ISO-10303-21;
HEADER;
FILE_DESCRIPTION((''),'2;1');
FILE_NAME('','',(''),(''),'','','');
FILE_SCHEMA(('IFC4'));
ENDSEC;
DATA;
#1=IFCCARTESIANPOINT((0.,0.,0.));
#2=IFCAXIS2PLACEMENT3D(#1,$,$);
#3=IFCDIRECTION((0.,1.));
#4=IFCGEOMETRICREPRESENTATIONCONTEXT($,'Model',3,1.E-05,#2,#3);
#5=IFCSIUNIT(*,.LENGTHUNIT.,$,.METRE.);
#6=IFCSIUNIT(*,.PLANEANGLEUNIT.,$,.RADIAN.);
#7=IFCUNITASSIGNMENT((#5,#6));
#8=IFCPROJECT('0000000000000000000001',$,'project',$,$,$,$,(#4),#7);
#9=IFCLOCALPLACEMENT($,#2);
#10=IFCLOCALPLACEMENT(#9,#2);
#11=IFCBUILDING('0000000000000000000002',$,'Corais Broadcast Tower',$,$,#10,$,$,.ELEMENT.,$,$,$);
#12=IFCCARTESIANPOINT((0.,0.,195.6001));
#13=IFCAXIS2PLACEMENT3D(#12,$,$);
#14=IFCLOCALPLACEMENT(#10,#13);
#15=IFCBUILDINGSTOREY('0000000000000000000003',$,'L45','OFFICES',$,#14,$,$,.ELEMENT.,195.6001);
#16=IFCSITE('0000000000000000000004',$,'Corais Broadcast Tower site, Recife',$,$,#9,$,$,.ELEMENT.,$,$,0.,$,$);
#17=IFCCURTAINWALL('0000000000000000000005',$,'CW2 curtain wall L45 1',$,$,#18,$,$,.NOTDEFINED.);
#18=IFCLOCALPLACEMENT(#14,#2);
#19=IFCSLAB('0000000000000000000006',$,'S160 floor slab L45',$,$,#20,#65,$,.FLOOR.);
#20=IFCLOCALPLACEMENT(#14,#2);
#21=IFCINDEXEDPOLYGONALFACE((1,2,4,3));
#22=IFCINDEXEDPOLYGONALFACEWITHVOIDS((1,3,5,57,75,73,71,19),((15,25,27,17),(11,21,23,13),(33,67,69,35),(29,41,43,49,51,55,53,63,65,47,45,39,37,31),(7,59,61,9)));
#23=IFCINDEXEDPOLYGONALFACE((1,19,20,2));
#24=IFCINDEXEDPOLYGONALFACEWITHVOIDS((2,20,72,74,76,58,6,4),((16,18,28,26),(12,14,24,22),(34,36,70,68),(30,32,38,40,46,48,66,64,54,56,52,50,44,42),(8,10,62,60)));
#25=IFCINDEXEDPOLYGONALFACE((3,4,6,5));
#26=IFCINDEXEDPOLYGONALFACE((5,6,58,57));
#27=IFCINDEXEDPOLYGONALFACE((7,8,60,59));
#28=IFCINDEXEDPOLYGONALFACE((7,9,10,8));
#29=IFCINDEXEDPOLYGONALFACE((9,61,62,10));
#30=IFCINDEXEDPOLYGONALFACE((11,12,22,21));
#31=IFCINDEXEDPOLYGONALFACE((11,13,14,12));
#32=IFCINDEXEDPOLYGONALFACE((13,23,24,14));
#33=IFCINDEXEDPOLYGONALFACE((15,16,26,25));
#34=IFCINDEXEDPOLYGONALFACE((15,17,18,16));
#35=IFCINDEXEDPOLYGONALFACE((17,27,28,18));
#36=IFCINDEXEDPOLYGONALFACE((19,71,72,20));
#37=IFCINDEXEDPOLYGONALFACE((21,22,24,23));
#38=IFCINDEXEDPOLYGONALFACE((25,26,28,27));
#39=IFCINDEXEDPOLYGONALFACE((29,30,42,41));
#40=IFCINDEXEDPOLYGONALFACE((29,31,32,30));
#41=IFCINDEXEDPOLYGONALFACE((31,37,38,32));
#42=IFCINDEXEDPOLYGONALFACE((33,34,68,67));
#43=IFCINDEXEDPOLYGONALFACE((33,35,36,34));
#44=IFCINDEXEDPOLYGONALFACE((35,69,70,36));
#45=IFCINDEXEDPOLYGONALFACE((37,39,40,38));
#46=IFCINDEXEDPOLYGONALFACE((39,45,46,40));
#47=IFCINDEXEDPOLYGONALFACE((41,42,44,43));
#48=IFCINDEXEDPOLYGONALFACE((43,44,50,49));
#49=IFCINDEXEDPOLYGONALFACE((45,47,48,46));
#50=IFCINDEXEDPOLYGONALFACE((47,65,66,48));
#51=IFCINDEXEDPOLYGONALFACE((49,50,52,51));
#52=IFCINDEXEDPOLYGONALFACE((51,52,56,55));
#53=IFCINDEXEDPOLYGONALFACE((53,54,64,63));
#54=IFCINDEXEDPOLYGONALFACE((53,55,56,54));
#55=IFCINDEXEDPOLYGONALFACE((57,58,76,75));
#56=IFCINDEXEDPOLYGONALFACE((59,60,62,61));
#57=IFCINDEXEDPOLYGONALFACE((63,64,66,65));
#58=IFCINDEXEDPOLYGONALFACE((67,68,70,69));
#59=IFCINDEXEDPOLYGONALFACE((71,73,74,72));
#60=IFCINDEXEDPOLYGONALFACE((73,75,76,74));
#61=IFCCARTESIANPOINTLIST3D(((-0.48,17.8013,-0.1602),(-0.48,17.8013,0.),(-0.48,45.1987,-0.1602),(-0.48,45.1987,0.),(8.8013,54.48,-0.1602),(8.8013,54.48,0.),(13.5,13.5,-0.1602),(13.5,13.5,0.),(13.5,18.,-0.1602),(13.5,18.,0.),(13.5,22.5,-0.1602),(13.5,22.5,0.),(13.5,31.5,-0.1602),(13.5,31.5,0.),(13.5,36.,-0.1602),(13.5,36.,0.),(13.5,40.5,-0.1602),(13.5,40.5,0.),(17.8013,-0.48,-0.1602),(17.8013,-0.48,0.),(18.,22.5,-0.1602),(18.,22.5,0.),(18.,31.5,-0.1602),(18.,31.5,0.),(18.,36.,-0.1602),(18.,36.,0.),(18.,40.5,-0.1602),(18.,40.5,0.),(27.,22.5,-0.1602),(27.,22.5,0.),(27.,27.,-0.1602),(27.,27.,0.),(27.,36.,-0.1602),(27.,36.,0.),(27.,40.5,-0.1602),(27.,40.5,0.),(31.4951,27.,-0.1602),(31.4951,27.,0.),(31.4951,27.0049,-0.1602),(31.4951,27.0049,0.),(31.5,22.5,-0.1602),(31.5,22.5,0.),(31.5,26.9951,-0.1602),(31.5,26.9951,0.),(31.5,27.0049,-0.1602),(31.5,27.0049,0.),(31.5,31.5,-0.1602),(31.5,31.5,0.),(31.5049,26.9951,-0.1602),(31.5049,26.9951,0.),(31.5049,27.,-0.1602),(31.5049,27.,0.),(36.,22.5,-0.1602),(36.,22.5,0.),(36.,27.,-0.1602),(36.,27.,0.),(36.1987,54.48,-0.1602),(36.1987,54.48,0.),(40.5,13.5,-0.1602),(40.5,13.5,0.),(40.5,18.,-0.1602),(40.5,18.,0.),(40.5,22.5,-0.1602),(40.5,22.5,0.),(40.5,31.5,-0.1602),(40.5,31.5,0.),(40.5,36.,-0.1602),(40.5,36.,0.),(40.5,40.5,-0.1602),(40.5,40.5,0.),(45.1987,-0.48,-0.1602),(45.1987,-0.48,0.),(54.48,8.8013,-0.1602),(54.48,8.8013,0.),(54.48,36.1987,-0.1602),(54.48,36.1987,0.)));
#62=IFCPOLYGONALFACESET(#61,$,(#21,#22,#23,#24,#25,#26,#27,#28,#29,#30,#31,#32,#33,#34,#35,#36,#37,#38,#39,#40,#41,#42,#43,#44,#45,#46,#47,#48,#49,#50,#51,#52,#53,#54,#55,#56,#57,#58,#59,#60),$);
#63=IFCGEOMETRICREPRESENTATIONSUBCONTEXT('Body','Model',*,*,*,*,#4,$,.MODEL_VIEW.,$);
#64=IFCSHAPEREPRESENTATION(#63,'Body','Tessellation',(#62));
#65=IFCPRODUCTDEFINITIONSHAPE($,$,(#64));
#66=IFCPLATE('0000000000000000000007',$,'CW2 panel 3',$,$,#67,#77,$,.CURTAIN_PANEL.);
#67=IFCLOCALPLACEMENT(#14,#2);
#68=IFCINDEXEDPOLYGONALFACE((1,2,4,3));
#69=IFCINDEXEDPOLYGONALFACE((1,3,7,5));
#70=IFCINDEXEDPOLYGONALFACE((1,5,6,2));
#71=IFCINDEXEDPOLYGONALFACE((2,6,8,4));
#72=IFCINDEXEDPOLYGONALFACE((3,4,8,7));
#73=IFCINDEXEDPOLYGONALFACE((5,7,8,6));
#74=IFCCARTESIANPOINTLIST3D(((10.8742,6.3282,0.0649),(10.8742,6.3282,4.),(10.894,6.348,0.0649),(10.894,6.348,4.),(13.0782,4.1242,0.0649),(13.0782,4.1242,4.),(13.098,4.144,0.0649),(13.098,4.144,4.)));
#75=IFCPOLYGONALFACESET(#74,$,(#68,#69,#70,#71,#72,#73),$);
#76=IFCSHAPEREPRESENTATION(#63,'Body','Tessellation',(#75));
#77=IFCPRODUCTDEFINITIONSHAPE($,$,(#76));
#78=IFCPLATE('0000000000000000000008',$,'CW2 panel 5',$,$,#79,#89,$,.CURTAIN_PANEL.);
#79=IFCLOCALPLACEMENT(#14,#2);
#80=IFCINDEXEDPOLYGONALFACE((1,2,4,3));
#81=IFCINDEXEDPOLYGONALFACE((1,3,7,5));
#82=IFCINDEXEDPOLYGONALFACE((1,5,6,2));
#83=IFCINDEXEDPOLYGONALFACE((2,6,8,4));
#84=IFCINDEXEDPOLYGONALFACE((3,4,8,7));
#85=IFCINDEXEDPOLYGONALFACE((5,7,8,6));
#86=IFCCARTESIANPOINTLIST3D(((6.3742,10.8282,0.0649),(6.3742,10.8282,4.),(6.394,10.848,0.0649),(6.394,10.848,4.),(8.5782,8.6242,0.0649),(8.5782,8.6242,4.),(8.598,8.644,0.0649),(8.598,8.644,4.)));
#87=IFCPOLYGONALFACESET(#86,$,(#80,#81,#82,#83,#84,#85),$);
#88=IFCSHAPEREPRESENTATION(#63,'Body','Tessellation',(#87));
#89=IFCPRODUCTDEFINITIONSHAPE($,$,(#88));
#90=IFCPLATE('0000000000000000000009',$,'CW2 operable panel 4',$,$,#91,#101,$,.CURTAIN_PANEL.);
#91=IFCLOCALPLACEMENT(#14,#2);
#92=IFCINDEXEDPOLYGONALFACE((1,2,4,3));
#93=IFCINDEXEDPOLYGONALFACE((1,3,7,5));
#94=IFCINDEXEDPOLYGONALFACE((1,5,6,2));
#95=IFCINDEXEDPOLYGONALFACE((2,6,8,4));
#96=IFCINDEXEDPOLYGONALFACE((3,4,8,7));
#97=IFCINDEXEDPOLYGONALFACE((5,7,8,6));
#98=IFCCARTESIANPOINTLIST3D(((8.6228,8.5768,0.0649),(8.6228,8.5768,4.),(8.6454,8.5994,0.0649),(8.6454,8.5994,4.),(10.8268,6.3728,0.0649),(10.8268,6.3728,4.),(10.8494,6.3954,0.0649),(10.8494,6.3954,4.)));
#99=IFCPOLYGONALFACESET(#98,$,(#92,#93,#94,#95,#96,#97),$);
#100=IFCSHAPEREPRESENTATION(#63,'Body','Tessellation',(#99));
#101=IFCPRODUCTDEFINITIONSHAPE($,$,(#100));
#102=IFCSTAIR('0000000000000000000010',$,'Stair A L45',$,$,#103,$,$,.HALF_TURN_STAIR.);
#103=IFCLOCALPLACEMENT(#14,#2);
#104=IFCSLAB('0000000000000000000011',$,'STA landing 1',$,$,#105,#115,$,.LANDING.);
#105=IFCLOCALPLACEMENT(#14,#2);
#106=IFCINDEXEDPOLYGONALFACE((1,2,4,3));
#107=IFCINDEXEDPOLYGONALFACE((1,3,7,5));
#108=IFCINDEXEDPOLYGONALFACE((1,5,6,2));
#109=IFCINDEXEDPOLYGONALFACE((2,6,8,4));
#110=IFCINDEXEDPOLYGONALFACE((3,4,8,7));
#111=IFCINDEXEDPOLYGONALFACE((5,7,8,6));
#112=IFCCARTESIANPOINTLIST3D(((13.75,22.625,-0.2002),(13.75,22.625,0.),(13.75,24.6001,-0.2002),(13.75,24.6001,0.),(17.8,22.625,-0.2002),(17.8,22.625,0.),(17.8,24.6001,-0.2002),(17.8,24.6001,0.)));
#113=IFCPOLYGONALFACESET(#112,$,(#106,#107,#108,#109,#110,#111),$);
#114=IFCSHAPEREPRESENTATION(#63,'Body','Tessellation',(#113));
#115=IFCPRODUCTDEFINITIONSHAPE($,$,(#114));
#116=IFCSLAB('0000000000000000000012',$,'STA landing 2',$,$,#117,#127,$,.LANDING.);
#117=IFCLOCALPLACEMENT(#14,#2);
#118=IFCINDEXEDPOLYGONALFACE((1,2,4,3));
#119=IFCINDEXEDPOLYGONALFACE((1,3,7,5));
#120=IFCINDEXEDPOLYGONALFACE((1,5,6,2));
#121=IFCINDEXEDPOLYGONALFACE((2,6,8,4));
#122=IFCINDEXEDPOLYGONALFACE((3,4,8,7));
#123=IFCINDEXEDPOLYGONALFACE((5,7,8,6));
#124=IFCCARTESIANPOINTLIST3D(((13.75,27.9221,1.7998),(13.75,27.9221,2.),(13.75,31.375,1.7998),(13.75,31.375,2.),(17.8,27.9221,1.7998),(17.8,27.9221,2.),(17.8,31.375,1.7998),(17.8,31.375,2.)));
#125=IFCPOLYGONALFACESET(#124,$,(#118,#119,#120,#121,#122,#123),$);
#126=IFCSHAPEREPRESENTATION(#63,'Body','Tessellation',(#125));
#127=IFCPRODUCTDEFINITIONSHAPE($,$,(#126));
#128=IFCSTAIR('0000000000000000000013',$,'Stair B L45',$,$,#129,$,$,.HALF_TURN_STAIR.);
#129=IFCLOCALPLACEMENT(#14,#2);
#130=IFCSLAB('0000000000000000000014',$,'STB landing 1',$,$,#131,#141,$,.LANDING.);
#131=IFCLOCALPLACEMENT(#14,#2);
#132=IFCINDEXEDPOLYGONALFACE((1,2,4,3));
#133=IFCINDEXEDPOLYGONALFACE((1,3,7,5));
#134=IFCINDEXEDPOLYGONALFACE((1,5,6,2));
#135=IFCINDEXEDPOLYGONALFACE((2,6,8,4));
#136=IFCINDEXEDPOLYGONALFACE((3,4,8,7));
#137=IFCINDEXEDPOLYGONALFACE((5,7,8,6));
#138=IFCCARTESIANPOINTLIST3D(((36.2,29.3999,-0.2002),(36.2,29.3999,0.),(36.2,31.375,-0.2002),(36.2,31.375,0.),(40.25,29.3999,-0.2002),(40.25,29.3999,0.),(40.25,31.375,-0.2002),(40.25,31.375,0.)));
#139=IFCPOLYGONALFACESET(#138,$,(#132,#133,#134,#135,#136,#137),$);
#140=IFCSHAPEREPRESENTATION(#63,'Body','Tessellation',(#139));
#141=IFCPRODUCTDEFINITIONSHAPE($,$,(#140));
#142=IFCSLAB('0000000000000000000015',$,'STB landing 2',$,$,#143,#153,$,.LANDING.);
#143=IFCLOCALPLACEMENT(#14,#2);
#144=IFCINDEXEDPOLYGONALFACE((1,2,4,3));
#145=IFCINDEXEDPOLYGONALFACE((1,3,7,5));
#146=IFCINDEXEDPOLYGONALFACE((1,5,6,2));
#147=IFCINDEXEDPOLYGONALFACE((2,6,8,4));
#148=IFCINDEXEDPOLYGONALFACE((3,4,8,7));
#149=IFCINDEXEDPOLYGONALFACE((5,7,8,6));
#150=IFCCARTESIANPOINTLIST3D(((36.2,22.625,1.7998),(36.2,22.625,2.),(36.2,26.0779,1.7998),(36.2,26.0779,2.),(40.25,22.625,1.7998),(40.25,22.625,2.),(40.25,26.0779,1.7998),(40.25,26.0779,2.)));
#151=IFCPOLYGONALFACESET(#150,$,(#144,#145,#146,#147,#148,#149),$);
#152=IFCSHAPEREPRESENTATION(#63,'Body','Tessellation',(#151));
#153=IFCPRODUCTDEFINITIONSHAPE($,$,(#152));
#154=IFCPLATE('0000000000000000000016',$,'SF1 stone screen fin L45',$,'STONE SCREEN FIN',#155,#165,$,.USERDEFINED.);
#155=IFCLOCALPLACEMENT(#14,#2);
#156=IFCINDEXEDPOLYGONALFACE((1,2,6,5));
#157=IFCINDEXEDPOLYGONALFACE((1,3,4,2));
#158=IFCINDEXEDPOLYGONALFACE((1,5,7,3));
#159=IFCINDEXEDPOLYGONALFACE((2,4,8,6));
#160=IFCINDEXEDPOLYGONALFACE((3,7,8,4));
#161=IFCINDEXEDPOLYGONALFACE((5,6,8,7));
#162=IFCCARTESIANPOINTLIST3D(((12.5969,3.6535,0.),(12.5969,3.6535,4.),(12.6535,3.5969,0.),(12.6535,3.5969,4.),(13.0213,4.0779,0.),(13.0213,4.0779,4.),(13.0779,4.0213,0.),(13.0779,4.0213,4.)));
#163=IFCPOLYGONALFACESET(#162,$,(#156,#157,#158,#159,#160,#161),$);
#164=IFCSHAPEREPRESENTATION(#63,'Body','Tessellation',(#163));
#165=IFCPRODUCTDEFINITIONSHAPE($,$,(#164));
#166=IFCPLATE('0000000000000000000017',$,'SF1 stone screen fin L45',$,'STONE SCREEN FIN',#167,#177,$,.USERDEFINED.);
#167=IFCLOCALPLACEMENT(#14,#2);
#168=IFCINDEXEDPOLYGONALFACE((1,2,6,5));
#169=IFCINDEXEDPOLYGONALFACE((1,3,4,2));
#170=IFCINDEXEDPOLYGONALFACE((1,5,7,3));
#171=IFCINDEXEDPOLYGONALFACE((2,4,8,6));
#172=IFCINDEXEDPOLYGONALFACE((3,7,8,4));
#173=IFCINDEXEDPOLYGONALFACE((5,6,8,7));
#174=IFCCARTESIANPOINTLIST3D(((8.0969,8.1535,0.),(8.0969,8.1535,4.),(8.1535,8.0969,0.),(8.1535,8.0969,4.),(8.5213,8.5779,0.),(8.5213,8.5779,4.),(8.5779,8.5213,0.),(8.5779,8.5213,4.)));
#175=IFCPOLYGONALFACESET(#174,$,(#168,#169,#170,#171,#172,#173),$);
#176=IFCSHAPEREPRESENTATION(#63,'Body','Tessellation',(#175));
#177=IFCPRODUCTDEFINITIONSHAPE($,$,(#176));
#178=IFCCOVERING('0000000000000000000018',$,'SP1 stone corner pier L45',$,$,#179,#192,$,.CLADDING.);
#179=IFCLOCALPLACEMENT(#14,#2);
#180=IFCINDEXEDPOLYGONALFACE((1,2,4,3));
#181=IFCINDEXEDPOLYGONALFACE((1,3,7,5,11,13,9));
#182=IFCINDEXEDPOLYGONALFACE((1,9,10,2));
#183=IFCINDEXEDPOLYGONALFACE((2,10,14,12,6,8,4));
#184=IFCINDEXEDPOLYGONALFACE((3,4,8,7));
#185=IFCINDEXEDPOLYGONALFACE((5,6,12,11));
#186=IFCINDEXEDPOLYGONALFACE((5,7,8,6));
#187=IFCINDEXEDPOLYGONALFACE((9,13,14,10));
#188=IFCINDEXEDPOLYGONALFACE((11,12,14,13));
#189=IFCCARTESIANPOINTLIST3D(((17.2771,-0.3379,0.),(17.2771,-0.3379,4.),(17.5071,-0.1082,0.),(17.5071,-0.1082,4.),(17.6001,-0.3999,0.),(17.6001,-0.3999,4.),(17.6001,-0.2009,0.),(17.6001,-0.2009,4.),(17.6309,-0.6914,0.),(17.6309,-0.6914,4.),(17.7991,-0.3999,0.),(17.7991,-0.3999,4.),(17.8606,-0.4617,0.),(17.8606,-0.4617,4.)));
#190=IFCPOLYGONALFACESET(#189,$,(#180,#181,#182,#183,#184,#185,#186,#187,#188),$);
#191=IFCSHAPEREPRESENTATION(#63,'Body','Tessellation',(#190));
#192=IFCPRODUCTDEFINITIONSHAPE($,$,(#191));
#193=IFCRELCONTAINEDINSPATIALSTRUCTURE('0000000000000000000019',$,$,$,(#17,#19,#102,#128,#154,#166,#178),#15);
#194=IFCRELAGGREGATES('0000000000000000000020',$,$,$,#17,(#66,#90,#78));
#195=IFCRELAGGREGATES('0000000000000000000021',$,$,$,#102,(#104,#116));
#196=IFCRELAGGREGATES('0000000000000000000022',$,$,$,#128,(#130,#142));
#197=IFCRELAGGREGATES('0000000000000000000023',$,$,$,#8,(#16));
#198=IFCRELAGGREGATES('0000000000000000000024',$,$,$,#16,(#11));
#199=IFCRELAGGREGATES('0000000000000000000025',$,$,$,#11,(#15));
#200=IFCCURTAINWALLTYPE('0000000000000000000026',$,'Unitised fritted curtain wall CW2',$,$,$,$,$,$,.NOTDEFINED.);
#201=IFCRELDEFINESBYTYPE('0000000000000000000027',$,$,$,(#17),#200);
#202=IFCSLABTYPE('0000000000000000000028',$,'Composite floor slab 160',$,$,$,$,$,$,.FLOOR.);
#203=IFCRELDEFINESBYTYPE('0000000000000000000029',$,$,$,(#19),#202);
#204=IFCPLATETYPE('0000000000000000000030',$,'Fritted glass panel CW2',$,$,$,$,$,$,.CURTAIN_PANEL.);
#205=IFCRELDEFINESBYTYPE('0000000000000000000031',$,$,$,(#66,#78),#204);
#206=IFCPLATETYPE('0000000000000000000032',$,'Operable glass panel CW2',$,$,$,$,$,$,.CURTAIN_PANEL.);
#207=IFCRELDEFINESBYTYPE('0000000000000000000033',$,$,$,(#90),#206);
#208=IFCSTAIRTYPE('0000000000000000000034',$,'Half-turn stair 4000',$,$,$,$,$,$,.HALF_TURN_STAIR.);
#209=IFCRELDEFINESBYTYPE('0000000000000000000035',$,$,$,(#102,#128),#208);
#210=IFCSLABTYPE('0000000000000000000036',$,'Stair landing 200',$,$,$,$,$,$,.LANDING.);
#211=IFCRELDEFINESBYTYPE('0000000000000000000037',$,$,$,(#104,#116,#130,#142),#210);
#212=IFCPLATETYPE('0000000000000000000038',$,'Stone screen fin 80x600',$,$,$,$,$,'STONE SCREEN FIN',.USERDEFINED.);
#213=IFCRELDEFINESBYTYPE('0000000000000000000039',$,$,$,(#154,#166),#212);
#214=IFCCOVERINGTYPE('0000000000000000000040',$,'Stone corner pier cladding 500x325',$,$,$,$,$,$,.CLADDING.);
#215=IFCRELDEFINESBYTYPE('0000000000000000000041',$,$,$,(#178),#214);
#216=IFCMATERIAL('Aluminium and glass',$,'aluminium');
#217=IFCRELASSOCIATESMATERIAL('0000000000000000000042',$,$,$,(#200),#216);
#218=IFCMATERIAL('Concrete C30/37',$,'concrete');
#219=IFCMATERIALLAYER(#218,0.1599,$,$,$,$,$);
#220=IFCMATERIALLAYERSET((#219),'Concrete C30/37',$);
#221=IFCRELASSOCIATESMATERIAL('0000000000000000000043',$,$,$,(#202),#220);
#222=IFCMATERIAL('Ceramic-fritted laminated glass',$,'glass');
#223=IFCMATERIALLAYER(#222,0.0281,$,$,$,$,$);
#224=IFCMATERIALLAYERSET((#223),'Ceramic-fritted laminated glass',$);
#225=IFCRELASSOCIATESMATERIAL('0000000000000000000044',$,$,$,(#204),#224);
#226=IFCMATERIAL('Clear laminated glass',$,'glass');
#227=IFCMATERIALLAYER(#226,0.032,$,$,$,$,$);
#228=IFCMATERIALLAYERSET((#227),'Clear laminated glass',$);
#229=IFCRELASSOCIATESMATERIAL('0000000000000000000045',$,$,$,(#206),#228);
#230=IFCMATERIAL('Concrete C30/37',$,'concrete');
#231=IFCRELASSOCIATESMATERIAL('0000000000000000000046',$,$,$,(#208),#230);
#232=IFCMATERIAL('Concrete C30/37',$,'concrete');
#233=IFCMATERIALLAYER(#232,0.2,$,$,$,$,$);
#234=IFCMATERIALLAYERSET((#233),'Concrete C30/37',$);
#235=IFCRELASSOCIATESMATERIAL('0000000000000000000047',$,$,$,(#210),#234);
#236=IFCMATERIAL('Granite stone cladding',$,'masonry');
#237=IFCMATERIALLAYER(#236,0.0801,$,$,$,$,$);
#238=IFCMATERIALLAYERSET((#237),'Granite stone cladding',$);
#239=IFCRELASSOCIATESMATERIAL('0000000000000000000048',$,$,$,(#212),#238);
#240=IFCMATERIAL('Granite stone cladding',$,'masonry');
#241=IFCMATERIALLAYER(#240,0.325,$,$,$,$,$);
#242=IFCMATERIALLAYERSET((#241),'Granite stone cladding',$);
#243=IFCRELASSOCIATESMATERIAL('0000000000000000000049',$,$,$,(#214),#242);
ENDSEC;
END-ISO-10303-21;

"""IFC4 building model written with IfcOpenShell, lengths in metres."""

from ifc_helpers import new_model, si_unit, direction, frame, origin, origin_2d, place, context, subcontext, project, spatial, polyline, rectangle, outline, extrude, material, layer, layer_set, type_object, element, aggregate, save


model = new_model("IFC4")

# Units and contexts
model_context = context("Model", 3, precision=1e-05, world=origin(), true_north=direction((0.0, 1.0)))
body_context = subcontext(model_context, "Body", "Model", "MODEL_VIEW")
ifc_project = project(units=[si_unit("LENGTHUNIT", "METRE"), si_unit("PLANEANGLEUNIT", "RADIAN")], contexts=[model_context])

# Site, building, storey
site_placement = place(None, origin())
site = spatial("IfcSite", under=ifc_project, at=site_placement, Name="Corais Broadcast Tower site, Recife", CompositionType="ELEMENT", RefElevation=0.0)
building_placement = place(site_placement, origin())
building = spatial("IfcBuilding", under=site, at=building_placement, Name="Corais Broadcast Tower", CompositionType="ELEMENT")
storey_placement = place(building_placement, frame((0.0, 0.0, 195.6001)))
storey = spatial("IfcBuildingStorey", under=building, at=storey_placement, Name="L45", Description="OFFICES", CompositionType="ELEMENT", Elevation=195.6001)

# Curtain wall
ifc_material_1 = material(Name="Aluminium and glass", Category="aluminium")
curtain_wall_type = type_object("IfcCurtainWallType", Name="Unitised fritted curtain wall CW2", PredefinedType="NOTDEFINED", material=ifc_material_1)
curtain_wall_placement = place(storey_placement, origin())
curtain_wall = element("IfcCurtainWall", 1, at=curtain_wall_placement, inside=storey, type_object=curtain_wall_type, Name="CW2 curtain wall L45 1", PredefinedType="NOTDEFINED")

# Slab
ifc_material_2 = material(Name="Concrete C30/37", Category="concrete")
ifc_layer_1 = layer(ifc_material_2, 0.1599)
ifc_layer_set_1 = layer_set([ifc_layer_1], Name="Concrete C30/37")
slab_type_1 = type_object("IfcSlabType", Name="Composite floor slab 160", PredefinedType="FLOOR", material=ifc_layer_set_1)
slab_1_placement = place(storey_placement, frame((0.0, 0.0, -0.1602)))
element("IfcSlab", 2, at=slab_1_placement, inside=storey, type_object=slab_type_1, Name="S160 floor slab L45", PredefinedType="FLOOR", context=body_context, shape_type="SweptSolid", body=[
    extrude(outline(polyline([(17.8013, -0.48), (-0.48, 17.8013), (-0.48, 45.1987), (8.8013, 54.48), (36.1987, 54.48), (54.48, 36.1987), (54.48, 8.8013), (45.1987, -0.48), (17.8013, -0.48)]), holes=[polyline([(13.5, 18.0), (40.5, 18.0), (40.5, 13.5), (13.5, 13.5), (13.5, 18.0)]), polyline([(18.0, 22.5), (13.5, 22.5), (13.5, 31.5), (18.0, 31.5), (18.0, 22.5)]), polyline([(18.0, 36.0), (13.5, 36.0), (13.5, 40.5), (18.0, 40.5), (18.0, 36.0)]), polyline([(31.5, 22.5), (27.0, 22.5), (27.0, 27.0), (31.4951, 27.0), (31.4951, 27.0049), (31.5, 27.0049), (31.5, 31.5), (40.5, 31.5), (40.5, 22.5), (36.0, 22.5), (36.0, 27.0), (31.5049, 27.0), (31.5049, 26.9951), (31.5, 26.9951), (31.5, 22.5)]), polyline([(27.0, 40.5), (40.5, 40.5), (40.5, 36.0), (27.0, 36.0), (27.0, 40.5)])]), origin(), (0.0, 0.0, 1.0), 0.1602),
])

# Plates
ifc_material_3 = material(Name="Ceramic-fritted laminated glass", Category="glass")
ifc_layer_2 = layer(ifc_material_3, 0.0281)
ifc_layer_set_2 = layer_set([ifc_layer_2], Name="Ceramic-fritted laminated glass")
plate_type_1 = type_object("IfcPlateType", Name="Fritted glass panel CW2", PredefinedType="CURTAIN_PANEL", material=ifc_layer_set_2)
plate_1_placement = place(storey_placement, frame((11.9861, 5.2361, 0.0649), z_axis=(0.0, 0.0, 1.0), x_axis=(-0.707107, 0.707107, 0.0)))
plate_1 = element("IfcPlate", 3, at=plate_1_placement, type_object=plate_type_1, Name="CW2 panel 3", PredefinedType="CURTAIN_PANEL", context=body_context, shape_type="SweptSolid", body=[
    extrude(rectangle(XDim=3.1169, YDim=0.0281, at=origin_2d()), origin(), (0.0, 0.0, 1.0), 3.9351),
])
plate_2_placement = place(storey_placement, frame((7.4861, 9.7361, 0.0649), z_axis=(0.0, 0.0, 1.0), x_axis=(-0.707107, 0.707107, 0.0)))
plate_2 = element("IfcPlate", 4, at=plate_2_placement, type_object=plate_type_1, Name="CW2 panel 5", PredefinedType="CURTAIN_PANEL", context=body_context, shape_type="SweptSolid", body=[
    extrude(rectangle(XDim=3.1169, YDim=0.0281, at=origin_2d()), origin(), (0.0, 0.0, 1.0), 3.9351),
])
ifc_material_4 = material(Name="Clear laminated glass", Category="glass")
ifc_layer_3 = layer(ifc_material_4, 0.032)
ifc_layer_set_3 = layer_set([ifc_layer_3], Name="Clear laminated glass")
plate_type_2 = type_object("IfcPlateType", Name="Operable glass panel CW2", PredefinedType="CURTAIN_PANEL", material=ifc_layer_set_3)
plate_3_placement = place(storey_placement, frame((9.7361, 7.4861, 0.0649), z_axis=(0.0, 0.0, 1.0), x_axis=(-0.707107, 0.707107, 0.0)))
plate_3 = element("IfcPlate", 5, at=plate_3_placement, type_object=plate_type_2, Name="CW2 operable panel 4", PredefinedType="CURTAIN_PANEL", context=body_context, shape_type="SweptSolid", body=[
    extrude(rectangle(XDim=3.1169, YDim=0.032, at=origin_2d()), origin(), (0.0, 0.0, 1.0), 3.9351),
])
aggregate(curtain_wall, [plate_1, plate_3, plate_2])

# Stairs, slabs
ifc_material_5 = material(Name="Concrete C30/37", Category="concrete")
stair_type = type_object("IfcStairType", Name="Half-turn stair 4000", PredefinedType="HALF_TURN_STAIR", material=ifc_material_5)
stair_1_placement = place(storey_placement, origin())
stair_1 = element("IfcStair", 6, at=stair_1_placement, inside=storey, type_object=stair_type, Name="Stair A L45", PredefinedType="HALF_TURN_STAIR")
ifc_material_6 = material(Name="Concrete C30/37", Category="concrete")
ifc_layer_4 = layer(ifc_material_6, 0.2)
ifc_layer_set_4 = layer_set([ifc_layer_4], Name="Concrete C30/37")
slab_type_2 = type_object("IfcSlabType", Name="Stair landing 200", PredefinedType="LANDING", material=ifc_layer_set_4)
slab_2_placement = place(storey_placement, frame((0.0, 0.0, -0.2002)))
slab_2 = element("IfcSlab", 7, at=slab_2_placement, type_object=slab_type_2, Name="STA landing 1", PredefinedType="LANDING", context=body_context, shape_type="SweptSolid", body=[
    extrude(outline(polyline([(13.75, 22.625), (17.8, 22.625), (17.8, 24.6001), (13.75, 24.6001), (13.75, 22.625)])), origin(), (0.0, 0.0, 1.0), 0.2002),
])
slab_3_placement = place(storey_placement, frame((0.0, 0.0, 1.7998)))
slab_3 = element("IfcSlab", 8, at=slab_3_placement, type_object=slab_type_2, Name="STA landing 2", PredefinedType="LANDING", context=body_context, shape_type="SweptSolid", body=[
    extrude(outline(polyline([(13.75, 27.9221), (17.8, 27.9221), (17.8, 31.375), (13.75, 31.375), (13.75, 27.9221)])), origin(), (0.0, 0.0, 1.0), 0.2002),
])
aggregate(stair_1, [slab_2, slab_3])
stair_2_placement = place(storey_placement, origin())
stair_2 = element("IfcStair", 9, at=stair_2_placement, inside=storey, type_object=stair_type, Name="Stair B L45", PredefinedType="HALF_TURN_STAIR")
slab_4_placement = place(storey_placement, frame((0.0, 0.0, -0.2002)))
slab_4 = element("IfcSlab", 10, at=slab_4_placement, type_object=slab_type_2, Name="STB landing 1", PredefinedType="LANDING", context=body_context, shape_type="SweptSolid", body=[
    extrude(outline(polyline([(36.2, 29.3999), (40.25, 29.3999), (40.25, 31.375), (36.2, 31.375), (36.2, 29.3999)])), origin(), (0.0, 0.0, 1.0), 0.2002),
])
slab_5_placement = place(storey_placement, frame((0.0, 0.0, 1.7998)))
slab_5 = element("IfcSlab", 11, at=slab_5_placement, type_object=slab_type_2, Name="STB landing 2", PredefinedType="LANDING", context=body_context, shape_type="SweptSolid", body=[
    extrude(outline(polyline([(36.2, 22.625), (40.25, 22.625), (40.25, 26.0779), (36.2, 26.0779), (36.2, 22.625)])), origin(), (0.0, 0.0, 1.0), 0.2002),
])
aggregate(stair_2, [slab_4, slab_5])

# Plates
ifc_material_7 = material(Name="Granite stone cladding", Category="masonry")
ifc_layer_5 = layer(ifc_material_7, 0.0801)
ifc_layer_set_5 = layer_set([ifc_layer_5], Name="Granite stone cladding")
plate_type_3 = type_object("IfcPlateType", Name="Stone screen fin 80x600", ElementType="STONE SCREEN FIN", PredefinedType="USERDEFINED", material=ifc_layer_set_5)
for number, where, z_axis, x_axis, name in (
    (12, (12.8374, 3.8374, 0.0), (0.0, 0.0, 1.0), (-0.707107, 0.707107, 0.0), "SF1 stone screen fin L45"),
    (13, (8.3374, 8.3374, 0.0), (0.0, 0.0, 1.0), (-0.707107, 0.707107, 0.0), "SF1 stone screen fin L45"),
):
    element("IfcPlate", number, at=place(storey_placement, frame(where, z_axis=z_axis, x_axis=x_axis)), inside=storey, type_object=plate_type_3, Name=name, ObjectType="STONE SCREEN FIN", PredefinedType="USERDEFINED", context=body_context, shape_type="SweptSolid", body=[
        extrude(rectangle(XDim=0.0801, YDim=0.6001, at=origin_2d()), origin(), (0.0, 0.0, 1.0), 4.0),
    ])

# Covering
ifc_material_8 = material(Name="Granite stone cladding", Category="masonry")
ifc_layer_6 = layer(ifc_material_8, 0.325)
ifc_layer_set_6 = layer_set([ifc_layer_6], Name="Granite stone cladding")
covering_type_1 = type_object("IfcCoveringType", Name="Stone corner pier cladding 500x325", PredefinedType="CLADDING", material=ifc_layer_set_6)
covering_1_placement = place(storey_placement, origin())
element("IfcCovering", 14, at=covering_1_placement, inside=storey, type_object=covering_type_1, Name="SP1 stone corner pier L45", PredefinedType="CLADDING", context=body_context, shape_type="SweptSolid", body=[
    extrude(outline(polyline([(17.8606, -0.4617), (17.7991, -0.3999), (17.6001, -0.3999), (17.6001, -0.2009), (17.5071, -0.1082), (17.2771, -0.3379), (17.6309, -0.6914), (17.8606, -0.4617)])), origin(), (0.0, 0.0, 1.0), 4.0),
])

save(model, "model.ifc")
